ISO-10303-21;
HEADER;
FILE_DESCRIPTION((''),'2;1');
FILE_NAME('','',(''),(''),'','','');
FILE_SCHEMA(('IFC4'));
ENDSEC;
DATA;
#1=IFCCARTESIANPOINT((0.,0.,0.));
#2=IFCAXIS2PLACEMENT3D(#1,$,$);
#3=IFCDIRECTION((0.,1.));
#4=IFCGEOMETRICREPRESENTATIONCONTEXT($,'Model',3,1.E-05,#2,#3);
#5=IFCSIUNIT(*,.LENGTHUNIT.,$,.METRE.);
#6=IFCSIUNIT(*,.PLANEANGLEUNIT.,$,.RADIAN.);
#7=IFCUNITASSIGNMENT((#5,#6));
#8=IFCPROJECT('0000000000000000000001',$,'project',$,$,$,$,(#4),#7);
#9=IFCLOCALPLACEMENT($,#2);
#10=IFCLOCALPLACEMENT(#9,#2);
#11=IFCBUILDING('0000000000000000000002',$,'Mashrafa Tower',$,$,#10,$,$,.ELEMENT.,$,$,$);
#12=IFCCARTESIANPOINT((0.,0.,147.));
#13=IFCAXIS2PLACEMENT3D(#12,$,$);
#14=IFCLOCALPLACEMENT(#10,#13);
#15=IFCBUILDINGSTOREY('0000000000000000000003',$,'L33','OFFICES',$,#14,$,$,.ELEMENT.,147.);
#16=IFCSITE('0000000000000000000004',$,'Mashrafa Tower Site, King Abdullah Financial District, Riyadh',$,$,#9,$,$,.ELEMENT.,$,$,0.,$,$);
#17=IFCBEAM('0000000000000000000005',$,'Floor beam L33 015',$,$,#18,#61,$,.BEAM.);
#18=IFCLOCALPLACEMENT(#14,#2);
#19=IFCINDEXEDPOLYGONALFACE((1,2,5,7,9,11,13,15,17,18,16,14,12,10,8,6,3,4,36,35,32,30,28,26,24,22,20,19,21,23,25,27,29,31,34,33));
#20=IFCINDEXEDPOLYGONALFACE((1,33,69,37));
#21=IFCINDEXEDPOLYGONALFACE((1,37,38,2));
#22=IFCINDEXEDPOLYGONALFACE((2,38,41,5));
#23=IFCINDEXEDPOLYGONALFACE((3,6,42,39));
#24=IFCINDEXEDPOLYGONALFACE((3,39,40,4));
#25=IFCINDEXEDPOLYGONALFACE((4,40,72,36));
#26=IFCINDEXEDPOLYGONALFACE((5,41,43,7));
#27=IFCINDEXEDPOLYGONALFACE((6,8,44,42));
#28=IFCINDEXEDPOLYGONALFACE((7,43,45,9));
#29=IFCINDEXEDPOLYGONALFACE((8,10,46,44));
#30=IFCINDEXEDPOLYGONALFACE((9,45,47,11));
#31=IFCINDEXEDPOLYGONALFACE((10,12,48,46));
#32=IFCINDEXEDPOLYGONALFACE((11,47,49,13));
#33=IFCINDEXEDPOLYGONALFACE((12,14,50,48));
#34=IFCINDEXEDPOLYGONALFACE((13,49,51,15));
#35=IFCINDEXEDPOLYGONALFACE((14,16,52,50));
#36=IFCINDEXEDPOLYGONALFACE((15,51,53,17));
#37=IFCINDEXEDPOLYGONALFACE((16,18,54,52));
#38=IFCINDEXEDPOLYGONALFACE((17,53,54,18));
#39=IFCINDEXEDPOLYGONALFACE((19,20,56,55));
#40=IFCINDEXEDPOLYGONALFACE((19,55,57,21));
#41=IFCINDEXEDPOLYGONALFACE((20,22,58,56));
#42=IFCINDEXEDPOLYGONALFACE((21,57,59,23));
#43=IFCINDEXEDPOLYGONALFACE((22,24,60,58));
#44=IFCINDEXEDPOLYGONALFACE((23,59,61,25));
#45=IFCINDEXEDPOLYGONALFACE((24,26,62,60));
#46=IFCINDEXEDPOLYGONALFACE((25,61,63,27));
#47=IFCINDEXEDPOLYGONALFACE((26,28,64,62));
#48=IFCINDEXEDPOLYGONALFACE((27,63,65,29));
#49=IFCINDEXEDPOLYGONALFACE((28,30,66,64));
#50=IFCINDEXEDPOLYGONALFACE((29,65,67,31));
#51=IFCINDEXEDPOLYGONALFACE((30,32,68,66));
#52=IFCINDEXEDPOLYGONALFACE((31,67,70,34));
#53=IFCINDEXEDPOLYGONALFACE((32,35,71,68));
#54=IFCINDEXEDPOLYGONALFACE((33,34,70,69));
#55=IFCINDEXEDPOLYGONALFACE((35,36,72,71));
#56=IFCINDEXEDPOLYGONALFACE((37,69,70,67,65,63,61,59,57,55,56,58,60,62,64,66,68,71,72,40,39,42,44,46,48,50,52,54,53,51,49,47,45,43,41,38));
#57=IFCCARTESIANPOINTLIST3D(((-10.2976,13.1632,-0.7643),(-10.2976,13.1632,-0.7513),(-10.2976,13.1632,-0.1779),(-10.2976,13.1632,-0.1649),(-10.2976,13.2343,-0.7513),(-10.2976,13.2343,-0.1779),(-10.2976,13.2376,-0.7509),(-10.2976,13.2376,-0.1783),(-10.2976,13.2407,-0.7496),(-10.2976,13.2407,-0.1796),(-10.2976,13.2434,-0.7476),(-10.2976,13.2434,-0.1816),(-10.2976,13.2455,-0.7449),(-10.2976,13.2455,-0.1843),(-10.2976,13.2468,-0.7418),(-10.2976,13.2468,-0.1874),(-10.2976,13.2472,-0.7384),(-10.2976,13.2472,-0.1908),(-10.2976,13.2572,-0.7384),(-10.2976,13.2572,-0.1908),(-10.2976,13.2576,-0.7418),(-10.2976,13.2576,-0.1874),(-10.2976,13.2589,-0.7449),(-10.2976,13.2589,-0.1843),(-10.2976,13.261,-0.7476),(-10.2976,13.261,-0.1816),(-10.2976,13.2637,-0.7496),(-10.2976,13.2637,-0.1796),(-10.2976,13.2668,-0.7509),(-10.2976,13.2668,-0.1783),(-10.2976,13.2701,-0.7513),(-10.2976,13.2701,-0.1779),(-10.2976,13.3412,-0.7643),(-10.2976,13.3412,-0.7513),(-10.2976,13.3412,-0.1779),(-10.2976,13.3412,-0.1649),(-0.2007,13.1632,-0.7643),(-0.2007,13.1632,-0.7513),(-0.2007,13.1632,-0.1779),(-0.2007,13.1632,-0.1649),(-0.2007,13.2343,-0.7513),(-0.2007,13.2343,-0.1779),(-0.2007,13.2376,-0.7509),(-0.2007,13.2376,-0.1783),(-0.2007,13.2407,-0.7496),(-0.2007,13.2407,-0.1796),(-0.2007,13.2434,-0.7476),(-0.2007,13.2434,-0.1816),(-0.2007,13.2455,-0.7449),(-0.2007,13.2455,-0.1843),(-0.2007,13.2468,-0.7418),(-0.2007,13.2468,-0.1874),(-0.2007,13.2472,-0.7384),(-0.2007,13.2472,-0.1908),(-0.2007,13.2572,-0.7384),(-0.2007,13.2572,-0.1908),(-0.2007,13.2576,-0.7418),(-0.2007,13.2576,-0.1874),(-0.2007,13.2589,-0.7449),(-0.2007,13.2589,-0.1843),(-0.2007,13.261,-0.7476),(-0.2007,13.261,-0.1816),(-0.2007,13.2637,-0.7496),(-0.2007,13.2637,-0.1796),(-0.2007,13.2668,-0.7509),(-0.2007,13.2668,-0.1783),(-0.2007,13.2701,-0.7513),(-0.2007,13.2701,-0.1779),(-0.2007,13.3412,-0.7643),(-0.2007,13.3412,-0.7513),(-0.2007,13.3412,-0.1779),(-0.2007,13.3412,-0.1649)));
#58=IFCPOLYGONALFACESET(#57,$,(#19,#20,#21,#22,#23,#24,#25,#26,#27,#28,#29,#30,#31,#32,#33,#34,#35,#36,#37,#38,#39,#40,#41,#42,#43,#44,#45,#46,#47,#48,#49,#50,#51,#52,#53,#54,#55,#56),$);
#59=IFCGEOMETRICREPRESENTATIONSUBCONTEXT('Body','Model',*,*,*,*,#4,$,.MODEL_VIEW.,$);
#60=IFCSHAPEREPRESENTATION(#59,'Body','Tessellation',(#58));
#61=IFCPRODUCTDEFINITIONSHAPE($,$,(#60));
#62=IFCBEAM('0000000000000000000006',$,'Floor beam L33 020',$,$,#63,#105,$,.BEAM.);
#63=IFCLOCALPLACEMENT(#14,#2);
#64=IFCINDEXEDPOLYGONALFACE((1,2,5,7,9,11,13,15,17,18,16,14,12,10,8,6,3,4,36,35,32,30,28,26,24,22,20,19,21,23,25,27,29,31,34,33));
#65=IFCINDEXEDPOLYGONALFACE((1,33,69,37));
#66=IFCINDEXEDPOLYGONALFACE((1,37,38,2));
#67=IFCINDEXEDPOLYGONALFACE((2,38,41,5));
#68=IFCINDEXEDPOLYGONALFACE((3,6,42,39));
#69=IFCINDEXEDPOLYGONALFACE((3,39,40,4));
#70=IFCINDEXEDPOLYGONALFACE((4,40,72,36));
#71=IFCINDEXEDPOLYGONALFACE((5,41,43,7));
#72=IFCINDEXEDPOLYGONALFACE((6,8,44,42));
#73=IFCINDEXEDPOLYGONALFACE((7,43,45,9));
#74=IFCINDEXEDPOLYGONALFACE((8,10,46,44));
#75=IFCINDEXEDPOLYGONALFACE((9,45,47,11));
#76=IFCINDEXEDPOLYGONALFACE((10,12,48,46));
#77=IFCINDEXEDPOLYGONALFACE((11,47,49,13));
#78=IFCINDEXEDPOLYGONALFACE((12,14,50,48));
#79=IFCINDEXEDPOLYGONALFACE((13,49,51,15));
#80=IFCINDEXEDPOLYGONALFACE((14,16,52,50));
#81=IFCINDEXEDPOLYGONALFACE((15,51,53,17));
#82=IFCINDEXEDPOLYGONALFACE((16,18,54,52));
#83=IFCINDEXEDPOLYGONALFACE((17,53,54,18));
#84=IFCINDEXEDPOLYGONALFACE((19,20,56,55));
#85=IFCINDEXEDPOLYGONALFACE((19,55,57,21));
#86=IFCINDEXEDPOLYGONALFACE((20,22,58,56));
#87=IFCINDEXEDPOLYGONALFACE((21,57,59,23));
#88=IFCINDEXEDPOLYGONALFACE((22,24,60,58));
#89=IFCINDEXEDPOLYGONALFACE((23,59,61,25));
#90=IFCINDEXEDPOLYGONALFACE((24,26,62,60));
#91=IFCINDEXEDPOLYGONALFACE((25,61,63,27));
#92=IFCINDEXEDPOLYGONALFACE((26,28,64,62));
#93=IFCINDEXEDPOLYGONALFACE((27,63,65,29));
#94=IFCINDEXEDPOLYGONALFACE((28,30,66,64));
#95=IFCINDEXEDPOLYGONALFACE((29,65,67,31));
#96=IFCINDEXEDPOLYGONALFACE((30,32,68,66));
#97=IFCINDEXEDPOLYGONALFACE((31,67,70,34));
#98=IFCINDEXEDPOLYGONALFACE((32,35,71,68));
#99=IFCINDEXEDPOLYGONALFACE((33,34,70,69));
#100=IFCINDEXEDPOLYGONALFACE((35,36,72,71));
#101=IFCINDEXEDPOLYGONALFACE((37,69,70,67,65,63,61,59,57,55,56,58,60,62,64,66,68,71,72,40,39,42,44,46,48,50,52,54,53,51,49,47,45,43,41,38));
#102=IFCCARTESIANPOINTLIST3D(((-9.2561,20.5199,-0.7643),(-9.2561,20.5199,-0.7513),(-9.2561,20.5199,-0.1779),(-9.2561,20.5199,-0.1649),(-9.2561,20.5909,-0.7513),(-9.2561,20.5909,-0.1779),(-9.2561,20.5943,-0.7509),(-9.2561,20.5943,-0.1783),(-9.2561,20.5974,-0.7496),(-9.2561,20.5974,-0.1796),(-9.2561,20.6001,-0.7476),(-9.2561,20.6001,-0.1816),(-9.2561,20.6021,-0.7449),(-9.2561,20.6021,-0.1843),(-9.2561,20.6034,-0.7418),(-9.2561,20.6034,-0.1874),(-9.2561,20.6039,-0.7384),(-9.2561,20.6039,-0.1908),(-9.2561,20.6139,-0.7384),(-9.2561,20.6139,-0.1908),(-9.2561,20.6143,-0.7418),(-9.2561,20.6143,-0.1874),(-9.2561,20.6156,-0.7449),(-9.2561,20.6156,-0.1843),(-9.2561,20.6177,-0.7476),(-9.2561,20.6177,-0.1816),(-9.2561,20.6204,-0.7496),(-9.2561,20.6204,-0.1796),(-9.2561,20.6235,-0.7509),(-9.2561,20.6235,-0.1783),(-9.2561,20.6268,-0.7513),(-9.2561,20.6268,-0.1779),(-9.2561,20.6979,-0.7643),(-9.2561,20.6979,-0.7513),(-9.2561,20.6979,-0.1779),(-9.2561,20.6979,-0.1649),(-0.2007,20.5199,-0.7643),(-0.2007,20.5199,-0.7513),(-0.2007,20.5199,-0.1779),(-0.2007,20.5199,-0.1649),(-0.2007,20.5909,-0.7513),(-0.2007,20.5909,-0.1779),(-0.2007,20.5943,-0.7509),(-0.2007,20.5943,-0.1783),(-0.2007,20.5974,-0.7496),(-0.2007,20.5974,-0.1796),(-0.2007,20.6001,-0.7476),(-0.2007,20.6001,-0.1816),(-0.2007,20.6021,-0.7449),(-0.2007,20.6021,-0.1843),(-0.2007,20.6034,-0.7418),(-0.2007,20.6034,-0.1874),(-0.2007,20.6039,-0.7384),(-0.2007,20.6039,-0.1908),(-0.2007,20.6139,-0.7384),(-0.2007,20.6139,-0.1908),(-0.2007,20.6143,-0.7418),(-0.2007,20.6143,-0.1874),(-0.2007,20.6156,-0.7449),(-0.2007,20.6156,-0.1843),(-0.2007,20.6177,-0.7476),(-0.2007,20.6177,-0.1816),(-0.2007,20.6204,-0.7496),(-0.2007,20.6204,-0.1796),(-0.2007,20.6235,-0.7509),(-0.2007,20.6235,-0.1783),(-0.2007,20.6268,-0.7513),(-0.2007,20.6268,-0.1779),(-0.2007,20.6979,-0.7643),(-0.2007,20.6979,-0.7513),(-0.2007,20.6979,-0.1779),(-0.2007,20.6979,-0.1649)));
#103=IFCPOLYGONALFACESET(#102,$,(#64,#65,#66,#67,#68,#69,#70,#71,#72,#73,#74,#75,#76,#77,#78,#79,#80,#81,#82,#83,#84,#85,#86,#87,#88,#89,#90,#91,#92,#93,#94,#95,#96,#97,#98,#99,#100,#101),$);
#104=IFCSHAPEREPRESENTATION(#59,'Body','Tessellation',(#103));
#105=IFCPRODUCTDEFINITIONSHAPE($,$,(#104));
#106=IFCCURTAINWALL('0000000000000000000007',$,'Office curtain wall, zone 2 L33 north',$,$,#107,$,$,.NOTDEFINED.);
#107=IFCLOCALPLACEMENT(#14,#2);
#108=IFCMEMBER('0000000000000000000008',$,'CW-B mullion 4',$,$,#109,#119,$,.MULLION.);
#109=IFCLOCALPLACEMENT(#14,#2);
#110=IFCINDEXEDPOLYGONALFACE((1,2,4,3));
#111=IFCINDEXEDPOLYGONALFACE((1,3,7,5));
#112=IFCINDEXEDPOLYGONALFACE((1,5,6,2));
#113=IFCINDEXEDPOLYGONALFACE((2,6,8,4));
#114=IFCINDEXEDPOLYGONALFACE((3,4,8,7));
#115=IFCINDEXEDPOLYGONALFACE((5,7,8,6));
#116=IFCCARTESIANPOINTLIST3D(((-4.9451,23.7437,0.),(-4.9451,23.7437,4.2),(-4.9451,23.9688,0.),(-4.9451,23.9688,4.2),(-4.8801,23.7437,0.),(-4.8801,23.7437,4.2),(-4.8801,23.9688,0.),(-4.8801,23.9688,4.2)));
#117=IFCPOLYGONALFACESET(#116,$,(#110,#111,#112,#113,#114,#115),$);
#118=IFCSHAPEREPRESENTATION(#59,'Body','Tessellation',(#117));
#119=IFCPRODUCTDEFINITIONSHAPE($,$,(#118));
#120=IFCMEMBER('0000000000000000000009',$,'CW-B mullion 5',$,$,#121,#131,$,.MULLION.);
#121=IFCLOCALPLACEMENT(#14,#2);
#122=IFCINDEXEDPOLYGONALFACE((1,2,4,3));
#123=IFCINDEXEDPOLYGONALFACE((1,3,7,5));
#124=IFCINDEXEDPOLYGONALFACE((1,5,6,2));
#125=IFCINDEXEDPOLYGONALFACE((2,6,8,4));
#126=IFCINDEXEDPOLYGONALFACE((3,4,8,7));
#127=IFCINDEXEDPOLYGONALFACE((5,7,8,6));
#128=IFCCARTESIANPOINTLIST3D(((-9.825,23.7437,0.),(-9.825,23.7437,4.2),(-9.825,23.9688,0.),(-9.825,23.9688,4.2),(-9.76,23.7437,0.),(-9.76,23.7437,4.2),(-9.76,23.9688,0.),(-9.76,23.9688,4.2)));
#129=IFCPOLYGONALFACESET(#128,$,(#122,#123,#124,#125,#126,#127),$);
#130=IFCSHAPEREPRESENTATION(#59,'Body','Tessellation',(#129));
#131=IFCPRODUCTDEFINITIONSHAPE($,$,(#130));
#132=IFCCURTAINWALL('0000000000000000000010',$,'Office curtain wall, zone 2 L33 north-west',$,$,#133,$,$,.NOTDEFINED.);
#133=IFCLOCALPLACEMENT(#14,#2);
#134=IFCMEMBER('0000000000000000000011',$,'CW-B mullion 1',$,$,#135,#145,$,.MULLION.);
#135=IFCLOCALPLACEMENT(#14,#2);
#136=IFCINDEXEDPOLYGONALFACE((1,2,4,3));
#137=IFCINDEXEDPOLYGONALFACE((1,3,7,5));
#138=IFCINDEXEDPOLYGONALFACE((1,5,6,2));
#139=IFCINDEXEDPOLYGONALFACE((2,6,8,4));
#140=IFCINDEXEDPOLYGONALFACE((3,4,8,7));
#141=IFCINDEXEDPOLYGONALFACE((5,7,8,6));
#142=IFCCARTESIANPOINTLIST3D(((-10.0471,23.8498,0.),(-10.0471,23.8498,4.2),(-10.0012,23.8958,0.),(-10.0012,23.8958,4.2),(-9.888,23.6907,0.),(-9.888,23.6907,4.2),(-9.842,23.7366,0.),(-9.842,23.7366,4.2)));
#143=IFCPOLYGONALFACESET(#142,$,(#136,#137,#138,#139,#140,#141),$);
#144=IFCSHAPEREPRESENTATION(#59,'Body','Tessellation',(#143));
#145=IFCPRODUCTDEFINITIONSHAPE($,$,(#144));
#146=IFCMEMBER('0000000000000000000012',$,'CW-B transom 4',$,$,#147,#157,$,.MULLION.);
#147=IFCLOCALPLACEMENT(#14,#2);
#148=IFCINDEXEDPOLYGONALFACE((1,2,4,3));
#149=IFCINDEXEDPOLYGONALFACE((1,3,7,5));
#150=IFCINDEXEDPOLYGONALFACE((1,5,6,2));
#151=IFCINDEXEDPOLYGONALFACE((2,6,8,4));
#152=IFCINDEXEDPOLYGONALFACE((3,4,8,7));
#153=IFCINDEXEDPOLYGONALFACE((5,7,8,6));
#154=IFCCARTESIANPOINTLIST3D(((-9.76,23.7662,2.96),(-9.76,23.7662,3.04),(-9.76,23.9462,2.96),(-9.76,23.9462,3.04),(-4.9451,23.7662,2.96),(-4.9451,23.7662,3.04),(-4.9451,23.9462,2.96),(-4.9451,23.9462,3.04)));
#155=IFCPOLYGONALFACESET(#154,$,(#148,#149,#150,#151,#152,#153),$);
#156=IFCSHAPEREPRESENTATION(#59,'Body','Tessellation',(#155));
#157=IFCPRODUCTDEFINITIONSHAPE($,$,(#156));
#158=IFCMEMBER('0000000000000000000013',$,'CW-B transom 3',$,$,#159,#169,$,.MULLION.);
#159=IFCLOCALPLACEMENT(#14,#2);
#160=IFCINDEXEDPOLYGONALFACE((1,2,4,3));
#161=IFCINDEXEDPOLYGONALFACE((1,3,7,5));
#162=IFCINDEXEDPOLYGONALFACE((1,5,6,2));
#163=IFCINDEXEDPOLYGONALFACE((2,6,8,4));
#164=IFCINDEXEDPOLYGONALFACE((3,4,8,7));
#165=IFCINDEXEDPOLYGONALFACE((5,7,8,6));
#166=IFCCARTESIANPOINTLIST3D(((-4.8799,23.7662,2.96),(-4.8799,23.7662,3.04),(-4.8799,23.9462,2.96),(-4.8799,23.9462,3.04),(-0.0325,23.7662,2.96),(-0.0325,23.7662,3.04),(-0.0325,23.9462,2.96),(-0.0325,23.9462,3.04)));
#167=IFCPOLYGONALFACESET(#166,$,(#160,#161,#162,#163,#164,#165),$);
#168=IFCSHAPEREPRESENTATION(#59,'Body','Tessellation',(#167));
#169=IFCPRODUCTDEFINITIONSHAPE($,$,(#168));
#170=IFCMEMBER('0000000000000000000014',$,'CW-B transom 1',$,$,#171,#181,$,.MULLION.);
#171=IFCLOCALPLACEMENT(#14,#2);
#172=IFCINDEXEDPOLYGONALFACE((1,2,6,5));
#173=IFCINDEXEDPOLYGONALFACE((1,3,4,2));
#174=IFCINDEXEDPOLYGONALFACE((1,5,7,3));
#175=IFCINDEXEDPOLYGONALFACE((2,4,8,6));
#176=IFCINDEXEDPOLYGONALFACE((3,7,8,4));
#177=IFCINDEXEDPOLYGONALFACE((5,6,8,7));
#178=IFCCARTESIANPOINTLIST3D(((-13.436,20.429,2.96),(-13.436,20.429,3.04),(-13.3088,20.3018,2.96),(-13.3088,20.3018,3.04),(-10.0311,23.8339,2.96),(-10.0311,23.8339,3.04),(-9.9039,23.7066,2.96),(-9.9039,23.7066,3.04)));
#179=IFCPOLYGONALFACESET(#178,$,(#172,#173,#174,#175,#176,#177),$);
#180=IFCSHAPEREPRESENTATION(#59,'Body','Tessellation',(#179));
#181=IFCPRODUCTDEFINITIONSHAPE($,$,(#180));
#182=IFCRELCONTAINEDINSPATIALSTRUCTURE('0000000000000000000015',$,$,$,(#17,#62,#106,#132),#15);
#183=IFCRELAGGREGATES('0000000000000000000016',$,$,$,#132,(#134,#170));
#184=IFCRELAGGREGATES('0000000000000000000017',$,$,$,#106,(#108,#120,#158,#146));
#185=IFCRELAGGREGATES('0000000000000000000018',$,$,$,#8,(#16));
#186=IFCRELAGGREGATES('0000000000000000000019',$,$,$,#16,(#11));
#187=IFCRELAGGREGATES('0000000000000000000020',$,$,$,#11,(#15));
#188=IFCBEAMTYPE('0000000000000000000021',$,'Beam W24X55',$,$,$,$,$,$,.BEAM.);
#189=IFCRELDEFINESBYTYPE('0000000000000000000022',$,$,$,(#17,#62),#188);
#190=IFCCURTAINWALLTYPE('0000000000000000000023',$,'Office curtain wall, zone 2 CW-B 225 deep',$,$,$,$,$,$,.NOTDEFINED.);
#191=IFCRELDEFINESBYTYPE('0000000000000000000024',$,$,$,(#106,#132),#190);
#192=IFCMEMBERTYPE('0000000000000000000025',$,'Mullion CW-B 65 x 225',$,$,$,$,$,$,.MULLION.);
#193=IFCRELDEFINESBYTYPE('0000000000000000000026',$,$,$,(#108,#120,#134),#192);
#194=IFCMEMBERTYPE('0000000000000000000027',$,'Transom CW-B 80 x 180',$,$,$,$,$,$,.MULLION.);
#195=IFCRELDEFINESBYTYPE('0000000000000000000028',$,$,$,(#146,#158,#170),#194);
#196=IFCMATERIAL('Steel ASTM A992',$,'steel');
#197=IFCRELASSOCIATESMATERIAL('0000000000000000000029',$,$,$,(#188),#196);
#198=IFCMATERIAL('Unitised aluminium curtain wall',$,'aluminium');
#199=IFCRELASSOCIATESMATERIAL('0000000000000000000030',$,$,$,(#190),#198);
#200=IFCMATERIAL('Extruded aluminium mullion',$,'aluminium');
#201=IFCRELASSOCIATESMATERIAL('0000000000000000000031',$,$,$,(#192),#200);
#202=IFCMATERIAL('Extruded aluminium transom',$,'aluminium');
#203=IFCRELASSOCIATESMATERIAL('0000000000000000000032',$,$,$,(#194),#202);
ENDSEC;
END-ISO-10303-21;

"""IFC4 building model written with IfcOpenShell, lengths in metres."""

from ifc_helpers import new_model, si_unit, direction, frame, origin, origin_2d, place, context, subcontext, project, spatial, rectangle, i_section, extrude, source, transform, mapped, material, material_profile, profile_set, type_object, type_shapes, element, aggregate, save


model = new_model("IFC4")

# Units and contexts
model_context = context("Model", 3, precision=1e-05, world=origin(), true_north=direction((0.0, 1.0)))
body_context = subcontext(model_context, "Body", "Model", "MODEL_VIEW")
ifc_project = project(units=[si_unit("LENGTHUNIT", "METRE"), si_unit("PLANEANGLEUNIT", "RADIAN")], contexts=[model_context])

# Site, building, storey
site_placement = place(None, origin())
site = spatial("IfcSite", under=ifc_project, at=site_placement, Name="Mashrafa Tower Site, King Abdullah Financial District, Riyadh", CompositionType="ELEMENT", RefElevation=0.0)
building_placement = place(site_placement, origin())
building = spatial("IfcBuilding", under=site, at=building_placement, Name="Mashrafa Tower", CompositionType="ELEMENT")
storey_placement = place(building_placement, frame((0.0, 0.0, 147.0)))
storey = spatial("IfcBuildingStorey", under=building, at=storey_placement, Name="L33", Description="OFFICES", CompositionType="ELEMENT", Elevation=147.0)

# Beams
ifc_material_1 = material(Name="Steel ASTM A992", Category="steel")
ifc_material_profile_1 = material_profile(ifc_material_1, i_section(OverallWidth=0.178, OverallDepth=0.5994, WebThickness=0.01, FlangeThickness=0.0129, FilletRadius=0.0129, at=origin_2d()), Name="W24X55")
ifc_profile_set_1 = profile_set([ifc_material_profile_1], Name="Steel ASTM A992")
beam_type_1 = type_object("IfcBeamType", Name="Beam W24X55", PredefinedType="BEAM", material=ifc_profile_set_1)
beam_1_placement = place(storey_placement, frame((-10.2976, 13.2522, -0.4646), z_axis=(1.0, 0.0, 0.0), x_axis=(0.0, 1.0, 0.0)))
element("IfcBeam", 1, at=beam_1_placement, inside=storey, type_object=beam_type_1, Name="Floor beam L33 015", PredefinedType="BEAM", context=body_context, shape_type="SweptSolid", body=[
    extrude(i_section(OverallWidth=0.178, OverallDepth=0.5994, WebThickness=0.01, FlangeThickness=0.0129, FilletRadius=0.0129, at=origin_2d()), origin(), (0.0, 0.0, 1.0), 10.0969),
])
beam_2_placement = place(storey_placement, frame((-9.2561, 20.6089, -0.4646), z_axis=(1.0, 0.0, 0.0), x_axis=(0.0, 1.0, 0.0)))
element("IfcBeam", 2, at=beam_2_placement, inside=storey, type_object=beam_type_1, Name="Floor beam L33 020", PredefinedType="BEAM", context=body_context, shape_type="SweptSolid", body=[
    extrude(i_section(OverallWidth=0.178, OverallDepth=0.5994, WebThickness=0.01, FlangeThickness=0.0129, FilletRadius=0.0129, at=origin_2d()), origin(), (0.0, 0.0, 1.0), 9.0554),
])

# Curtain wall, members
ifc_material_2 = material(Name="Unitised aluminium curtain wall", Category="aluminium")
curtain_wall_type = type_object("IfcCurtainWallType", Name="Office curtain wall, zone 2 CW-B 225 deep", PredefinedType="NOTDEFINED", material=ifc_material_2)
curtain_wall_1_placement = place(storey_placement, origin())
curtain_wall_1 = element("IfcCurtainWall", 3, at=curtain_wall_1_placement, inside=storey, type_object=curtain_wall_type, Name="Office curtain wall, zone 2 L33 north", PredefinedType="NOTDEFINED")
ifc_material_3 = material(Name="Extruded aluminium mullion", Category="aluminium")
ifc_material_profile_2 = material_profile(ifc_material_3, rectangle(XDim=0.2251, YDim=0.0649, at=origin_2d()), Name="Mullion 65x225")
ifc_profile_set_2 = profile_set([ifc_material_profile_2], Name="Extruded aluminium mullion")
member_type_1 = type_object("IfcMemberType", Name="Mullion CW-B 65 x 225", PredefinedType="MULLION", material=ifc_profile_set_2)
shared_shape_1 = source(origin(), body_context, "Body", "SweptSolid", [
    extrude(rectangle(XDim=0.2251, YDim=0.0649, at=origin_2d()), origin(), (0.0, 0.0, 1.0), 4.2),
])
type_shapes(member_type_1, [shared_shape_1])
member_1_placement = place(storey_placement, frame((-4.9126, 23.8562, 0.0), z_axis=(0.0, 0.0, 1.0), x_axis=(0.0, -1.0, 0.0)))
member_1 = element("IfcMember", 4, at=member_1_placement, type_object=member_type_1, Name="CW-B mullion 4", PredefinedType="MULLION", context=body_context, shape_type="MappedRepresentation", body=[
    mapped(shared_shape_1, transform((0.0, 0.0, 0.0))),
])
member_2_placement = place(storey_placement, frame((-9.7925, 23.8562, 0.0), z_axis=(0.0, 0.0, 1.0), x_axis=(0.0, -1.0, 0.0)))
member_2 = element("IfcMember", 5, at=member_2_placement, type_object=member_type_1, Name="CW-B mullion 5", PredefinedType="MULLION", context=body_context, shape_type="MappedRepresentation", body=[
    mapped(shared_shape_1, transform((0.0, 0.0, 0.0))),
])

# Curtain wall, member
curtain_wall_2_placement = place(storey_placement, origin())
curtain_wall_2 = element("IfcCurtainWall", 6, at=curtain_wall_2_placement, inside=storey, type_object=curtain_wall_type, Name="Office curtain wall, zone 2 L33 north-west", PredefinedType="NOTDEFINED")
member_3_placement = place(storey_placement, frame((-9.9446, 23.7932, 0.0), z_axis=(0.0, 0.0, 1.0), x_axis=(0.707107, -0.707107, 0.0)))
member_3 = element("IfcMember", 7, at=member_3_placement, type_object=member_type_1, Name="CW-B mullion 1", PredefinedType="MULLION", context=body_context, shape_type="MappedRepresentation", body=[
    mapped(shared_shape_1, transform((0.0, 0.0, 0.0))),
])

# Members
ifc_material_4 = material(Name="Extruded aluminium transom", Category="aluminium")
ifc_material_profile_3 = material_profile(ifc_material_4, rectangle(XDim=0.1799, YDim=0.0801, at=origin_2d()), Name="Transom 80x180")
ifc_profile_set_3 = profile_set([ifc_material_profile_3], Name="Extruded aluminium transom")
member_type_2 = type_object("IfcMemberType", Name="Transom CW-B 80 x 180", PredefinedType="MULLION", material=ifc_profile_set_3)
shared_shape_2 = source(origin(), body_context, "Body", "SweptSolid", [
    extrude(rectangle(XDim=0.1799, YDim=0.0801, at=origin_2d()), origin(), (0.0, 0.0, 1.0), 4.8149),
])
member_4_placement = place(storey_placement, frame((-4.9451, 23.8562, 3.0), z_axis=(-1.0, 0.0, 0.0), x_axis=(0.0, -1.0, 0.0)))
member_4 = element("IfcMember", 8, at=member_4_placement, type_object=member_type_2, Name="CW-B transom 4", PredefinedType="MULLION", context=body_context, shape_type="MappedRepresentation", body=[
    mapped(shared_shape_2, transform((0.0, 0.0, 0.0))),
])
shared_shape_3 = source(origin(), body_context, "Body", "SweptSolid", [
    extrude(rectangle(XDim=0.1799, YDim=0.0801, at=origin_2d()), origin(), (0.0, 0.0, 1.0), 4.8474),
])
member_5_placement = place(storey_placement, frame((-0.0325, 23.8562, 3.0), z_axis=(-1.0, 0.0, 0.0), x_axis=(0.0, -1.0, 0.0)))
member_5 = element("IfcMember", 9, at=member_5_placement, type_object=member_type_2, Name="CW-B transom 3", PredefinedType="MULLION", context=body_context, shape_type="MappedRepresentation", body=[
    mapped(shared_shape_3, transform((0.0, 0.0, 0.0))),
])
shared_shape_4 = source(origin(), body_context, "Body", "SweptSolid", [
    extrude(rectangle(XDim=0.1799, YDim=0.0801, at=origin_2d()), origin(), (0.0, 0.0, 1.0), 4.8152),
])
type_shapes(member_type_2, [shared_shape_2, shared_shape_3, shared_shape_4])
member_6_placement = place(storey_placement, frame((-9.9675, 23.7703, 3.0), z_axis=(-0.707107, -0.707107, 0.0), x_axis=(0.707107, -0.707107, 0.0)))
member_6 = element("IfcMember", 10, at=member_6_placement, type_object=member_type_2, Name="CW-B transom 1", PredefinedType="MULLION", context=body_context, shape_type="MappedRepresentation", body=[
    mapped(shared_shape_4, transform((0.0, 0.0, 0.0))),
])

aggregate(curtain_wall_2, [member_3, member_6])
aggregate(curtain_wall_1, [member_1, member_2, member_5, member_4])

save(model, "model.ifc")
